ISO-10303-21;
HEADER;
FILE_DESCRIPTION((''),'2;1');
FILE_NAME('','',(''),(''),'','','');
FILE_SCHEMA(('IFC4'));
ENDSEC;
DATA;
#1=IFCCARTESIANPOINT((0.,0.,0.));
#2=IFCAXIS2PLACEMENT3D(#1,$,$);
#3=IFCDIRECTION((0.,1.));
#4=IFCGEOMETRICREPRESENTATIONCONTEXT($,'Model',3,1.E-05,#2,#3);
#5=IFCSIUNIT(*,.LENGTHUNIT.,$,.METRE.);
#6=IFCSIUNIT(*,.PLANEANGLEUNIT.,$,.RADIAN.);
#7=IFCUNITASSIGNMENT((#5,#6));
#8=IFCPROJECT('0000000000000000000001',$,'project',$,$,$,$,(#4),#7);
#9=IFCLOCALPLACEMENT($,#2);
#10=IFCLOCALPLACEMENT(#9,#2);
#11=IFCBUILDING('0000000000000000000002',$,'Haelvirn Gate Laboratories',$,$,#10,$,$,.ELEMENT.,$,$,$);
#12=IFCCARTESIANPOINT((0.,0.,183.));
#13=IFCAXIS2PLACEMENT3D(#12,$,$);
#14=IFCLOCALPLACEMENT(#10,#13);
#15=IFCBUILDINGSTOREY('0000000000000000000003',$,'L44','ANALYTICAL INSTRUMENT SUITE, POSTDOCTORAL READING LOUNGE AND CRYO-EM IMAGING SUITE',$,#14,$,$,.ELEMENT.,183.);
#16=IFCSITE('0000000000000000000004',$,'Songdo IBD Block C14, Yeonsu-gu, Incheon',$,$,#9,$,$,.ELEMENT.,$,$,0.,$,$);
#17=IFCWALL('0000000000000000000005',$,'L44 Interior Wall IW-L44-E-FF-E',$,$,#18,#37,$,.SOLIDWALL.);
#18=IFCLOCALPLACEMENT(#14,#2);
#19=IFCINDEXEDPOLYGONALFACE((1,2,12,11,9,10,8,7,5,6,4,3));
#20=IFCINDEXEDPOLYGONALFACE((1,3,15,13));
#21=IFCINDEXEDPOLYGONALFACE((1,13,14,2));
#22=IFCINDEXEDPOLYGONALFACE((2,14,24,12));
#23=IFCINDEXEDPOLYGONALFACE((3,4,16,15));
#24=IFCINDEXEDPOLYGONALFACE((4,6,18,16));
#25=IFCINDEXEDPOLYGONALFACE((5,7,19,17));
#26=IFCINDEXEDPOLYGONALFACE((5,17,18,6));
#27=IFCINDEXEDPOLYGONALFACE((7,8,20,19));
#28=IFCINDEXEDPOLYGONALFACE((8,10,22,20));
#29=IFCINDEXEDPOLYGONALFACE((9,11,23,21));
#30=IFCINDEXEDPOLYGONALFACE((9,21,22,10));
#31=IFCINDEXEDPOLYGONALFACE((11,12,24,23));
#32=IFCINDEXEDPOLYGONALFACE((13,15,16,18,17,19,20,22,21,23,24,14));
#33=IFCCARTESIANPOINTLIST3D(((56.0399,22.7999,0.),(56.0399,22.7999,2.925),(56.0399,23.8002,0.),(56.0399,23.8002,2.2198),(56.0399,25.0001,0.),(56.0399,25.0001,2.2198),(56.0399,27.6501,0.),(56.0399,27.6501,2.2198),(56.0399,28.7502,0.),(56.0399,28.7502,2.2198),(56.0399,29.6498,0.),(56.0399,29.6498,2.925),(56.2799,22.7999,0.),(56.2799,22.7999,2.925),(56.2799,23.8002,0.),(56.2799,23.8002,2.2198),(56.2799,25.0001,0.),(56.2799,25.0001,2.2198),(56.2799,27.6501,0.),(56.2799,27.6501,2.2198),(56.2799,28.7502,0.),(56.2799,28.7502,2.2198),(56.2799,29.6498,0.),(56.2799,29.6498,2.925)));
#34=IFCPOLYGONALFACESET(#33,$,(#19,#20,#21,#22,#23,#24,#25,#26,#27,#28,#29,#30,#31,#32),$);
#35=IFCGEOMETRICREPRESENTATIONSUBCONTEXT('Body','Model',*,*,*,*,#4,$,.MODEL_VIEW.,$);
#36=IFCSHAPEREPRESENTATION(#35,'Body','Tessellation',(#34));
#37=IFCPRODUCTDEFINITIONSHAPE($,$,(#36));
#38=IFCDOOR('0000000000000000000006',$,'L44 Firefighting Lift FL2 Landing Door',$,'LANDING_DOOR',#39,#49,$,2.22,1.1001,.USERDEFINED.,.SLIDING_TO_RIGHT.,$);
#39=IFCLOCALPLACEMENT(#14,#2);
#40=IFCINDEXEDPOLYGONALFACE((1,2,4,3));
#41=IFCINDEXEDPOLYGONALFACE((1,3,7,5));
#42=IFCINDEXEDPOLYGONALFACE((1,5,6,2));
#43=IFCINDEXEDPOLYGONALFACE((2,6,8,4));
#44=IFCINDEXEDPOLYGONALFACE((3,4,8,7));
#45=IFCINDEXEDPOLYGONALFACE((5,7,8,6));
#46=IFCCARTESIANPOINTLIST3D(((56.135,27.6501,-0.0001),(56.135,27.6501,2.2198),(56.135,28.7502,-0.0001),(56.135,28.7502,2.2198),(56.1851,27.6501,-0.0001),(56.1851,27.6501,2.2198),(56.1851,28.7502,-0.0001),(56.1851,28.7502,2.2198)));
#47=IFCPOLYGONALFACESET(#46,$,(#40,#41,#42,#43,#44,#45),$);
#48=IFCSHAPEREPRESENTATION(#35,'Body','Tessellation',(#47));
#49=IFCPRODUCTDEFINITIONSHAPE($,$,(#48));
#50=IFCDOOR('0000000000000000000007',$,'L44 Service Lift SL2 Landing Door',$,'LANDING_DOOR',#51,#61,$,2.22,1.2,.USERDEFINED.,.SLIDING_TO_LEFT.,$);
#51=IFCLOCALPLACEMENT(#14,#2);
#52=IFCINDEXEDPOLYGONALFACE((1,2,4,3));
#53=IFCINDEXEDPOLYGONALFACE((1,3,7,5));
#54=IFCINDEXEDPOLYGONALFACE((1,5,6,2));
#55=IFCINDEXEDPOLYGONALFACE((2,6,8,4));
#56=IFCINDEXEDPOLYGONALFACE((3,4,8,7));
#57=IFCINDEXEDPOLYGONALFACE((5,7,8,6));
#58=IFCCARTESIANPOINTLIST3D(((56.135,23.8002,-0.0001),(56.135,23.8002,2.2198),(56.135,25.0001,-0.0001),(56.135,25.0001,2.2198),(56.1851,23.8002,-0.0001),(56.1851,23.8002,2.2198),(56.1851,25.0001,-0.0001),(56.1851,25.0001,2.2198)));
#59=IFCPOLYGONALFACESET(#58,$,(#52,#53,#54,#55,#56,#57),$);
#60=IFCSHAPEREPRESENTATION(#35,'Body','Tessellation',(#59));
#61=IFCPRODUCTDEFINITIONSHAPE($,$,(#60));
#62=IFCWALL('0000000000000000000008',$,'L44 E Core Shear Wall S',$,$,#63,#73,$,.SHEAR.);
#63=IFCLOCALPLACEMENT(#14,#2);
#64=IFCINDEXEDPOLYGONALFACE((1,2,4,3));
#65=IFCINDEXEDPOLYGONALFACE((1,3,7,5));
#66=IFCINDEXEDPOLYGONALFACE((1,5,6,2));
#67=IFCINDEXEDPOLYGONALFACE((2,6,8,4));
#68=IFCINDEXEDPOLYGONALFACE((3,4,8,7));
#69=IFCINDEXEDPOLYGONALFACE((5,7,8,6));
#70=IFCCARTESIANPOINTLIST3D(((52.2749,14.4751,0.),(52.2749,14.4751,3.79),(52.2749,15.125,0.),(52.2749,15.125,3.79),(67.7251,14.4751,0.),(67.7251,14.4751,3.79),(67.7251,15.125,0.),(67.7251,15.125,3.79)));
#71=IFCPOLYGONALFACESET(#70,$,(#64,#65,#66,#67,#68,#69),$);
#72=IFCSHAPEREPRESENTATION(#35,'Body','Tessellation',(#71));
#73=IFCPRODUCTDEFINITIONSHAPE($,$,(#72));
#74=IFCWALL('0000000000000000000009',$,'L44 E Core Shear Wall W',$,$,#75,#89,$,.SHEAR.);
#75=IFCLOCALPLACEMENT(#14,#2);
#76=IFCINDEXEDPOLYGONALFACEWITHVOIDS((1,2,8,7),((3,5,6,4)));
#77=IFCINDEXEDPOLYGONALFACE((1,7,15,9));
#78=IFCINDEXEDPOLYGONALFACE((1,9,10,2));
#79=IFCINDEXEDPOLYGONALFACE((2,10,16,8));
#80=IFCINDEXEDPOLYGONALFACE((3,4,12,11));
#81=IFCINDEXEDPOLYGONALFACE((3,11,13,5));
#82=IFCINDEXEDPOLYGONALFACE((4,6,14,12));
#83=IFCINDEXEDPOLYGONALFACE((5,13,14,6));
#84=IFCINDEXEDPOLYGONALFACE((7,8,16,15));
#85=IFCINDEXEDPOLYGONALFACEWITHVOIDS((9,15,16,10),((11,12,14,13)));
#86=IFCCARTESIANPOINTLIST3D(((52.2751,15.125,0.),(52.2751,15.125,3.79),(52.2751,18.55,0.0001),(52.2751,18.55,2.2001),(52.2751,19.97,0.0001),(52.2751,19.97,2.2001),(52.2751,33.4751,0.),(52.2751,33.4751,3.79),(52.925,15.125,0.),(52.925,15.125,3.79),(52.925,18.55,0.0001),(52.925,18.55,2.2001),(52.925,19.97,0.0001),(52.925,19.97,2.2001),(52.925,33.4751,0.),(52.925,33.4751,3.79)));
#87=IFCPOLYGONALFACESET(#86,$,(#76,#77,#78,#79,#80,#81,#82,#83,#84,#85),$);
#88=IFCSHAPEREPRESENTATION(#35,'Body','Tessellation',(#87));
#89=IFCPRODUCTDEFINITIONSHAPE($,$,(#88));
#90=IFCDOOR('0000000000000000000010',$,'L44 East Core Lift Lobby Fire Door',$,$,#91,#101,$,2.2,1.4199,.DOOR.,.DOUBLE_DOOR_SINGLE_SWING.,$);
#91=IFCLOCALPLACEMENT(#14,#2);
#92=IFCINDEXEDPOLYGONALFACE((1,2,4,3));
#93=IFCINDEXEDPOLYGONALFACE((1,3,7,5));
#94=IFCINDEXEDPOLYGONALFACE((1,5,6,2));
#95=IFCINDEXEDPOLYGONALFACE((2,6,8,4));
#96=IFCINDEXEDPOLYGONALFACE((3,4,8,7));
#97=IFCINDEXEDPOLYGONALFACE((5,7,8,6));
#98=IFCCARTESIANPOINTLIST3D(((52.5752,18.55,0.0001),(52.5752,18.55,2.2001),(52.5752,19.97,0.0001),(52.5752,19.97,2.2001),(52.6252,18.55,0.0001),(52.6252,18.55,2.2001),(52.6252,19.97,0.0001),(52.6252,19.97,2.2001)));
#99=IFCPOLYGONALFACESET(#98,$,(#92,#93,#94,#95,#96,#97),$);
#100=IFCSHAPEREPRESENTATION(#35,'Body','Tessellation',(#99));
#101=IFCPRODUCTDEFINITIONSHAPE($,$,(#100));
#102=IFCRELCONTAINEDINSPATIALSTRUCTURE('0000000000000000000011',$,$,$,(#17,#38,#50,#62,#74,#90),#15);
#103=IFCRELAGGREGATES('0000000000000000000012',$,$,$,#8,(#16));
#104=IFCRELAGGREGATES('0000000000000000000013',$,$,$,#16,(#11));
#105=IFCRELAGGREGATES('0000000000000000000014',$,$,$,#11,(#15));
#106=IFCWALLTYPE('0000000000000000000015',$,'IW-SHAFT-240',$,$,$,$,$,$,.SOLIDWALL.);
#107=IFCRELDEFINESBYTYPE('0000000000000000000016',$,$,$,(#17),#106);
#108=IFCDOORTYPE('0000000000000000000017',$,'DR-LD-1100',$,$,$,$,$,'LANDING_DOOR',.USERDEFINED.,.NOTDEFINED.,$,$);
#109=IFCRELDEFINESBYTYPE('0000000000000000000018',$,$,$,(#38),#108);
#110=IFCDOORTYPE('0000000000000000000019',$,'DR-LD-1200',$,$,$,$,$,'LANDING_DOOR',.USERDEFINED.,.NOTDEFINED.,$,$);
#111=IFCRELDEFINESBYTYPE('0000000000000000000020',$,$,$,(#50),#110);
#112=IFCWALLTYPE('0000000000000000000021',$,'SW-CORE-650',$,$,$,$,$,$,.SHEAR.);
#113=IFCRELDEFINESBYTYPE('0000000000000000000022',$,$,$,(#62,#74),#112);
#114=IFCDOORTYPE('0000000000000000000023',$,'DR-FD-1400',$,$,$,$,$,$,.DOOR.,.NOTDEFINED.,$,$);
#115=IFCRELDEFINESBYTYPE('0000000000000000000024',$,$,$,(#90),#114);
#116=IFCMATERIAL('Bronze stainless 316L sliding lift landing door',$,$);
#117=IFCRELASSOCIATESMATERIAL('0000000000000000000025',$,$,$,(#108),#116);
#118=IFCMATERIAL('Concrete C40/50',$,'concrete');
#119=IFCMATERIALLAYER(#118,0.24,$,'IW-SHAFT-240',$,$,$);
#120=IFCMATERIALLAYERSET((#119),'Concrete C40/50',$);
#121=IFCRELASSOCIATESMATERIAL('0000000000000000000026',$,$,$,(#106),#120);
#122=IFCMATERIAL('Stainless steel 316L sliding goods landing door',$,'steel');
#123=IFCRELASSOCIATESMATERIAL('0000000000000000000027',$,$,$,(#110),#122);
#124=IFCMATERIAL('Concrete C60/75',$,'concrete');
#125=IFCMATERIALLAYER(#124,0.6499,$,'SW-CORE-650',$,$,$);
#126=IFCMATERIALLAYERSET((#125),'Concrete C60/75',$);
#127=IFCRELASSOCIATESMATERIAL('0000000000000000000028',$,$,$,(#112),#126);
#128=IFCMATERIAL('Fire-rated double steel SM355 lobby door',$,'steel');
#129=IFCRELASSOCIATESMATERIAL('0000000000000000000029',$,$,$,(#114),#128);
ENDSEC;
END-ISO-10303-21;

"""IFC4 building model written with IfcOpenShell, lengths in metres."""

from ifc_helpers import new_model, si_unit, direction, frame, frame_2d, origin, place, context, subcontext, project, spatial, rectangle, extrude, source, transform, mapped, material, layer, layer_set, type_object, type_shapes, element, fill, save


model = new_model("IFC4")

# Units and contexts
model_context = context("Model", 3, precision=1e-05, world=origin(), true_north=direction((0.0, 1.0)))
body_context = subcontext(model_context, "Body", "Model", "MODEL_VIEW")
ifc_project = project(units=[si_unit("LENGTHUNIT", "METRE"), si_unit("PLANEANGLEUNIT", "RADIAN")], contexts=[model_context])

# Site, building, storey
site_placement = place(None, origin())
site = spatial("IfcSite", under=ifc_project, at=site_placement, Name="Songdo IBD Block C14, Yeonsu-gu, Incheon", CompositionType="ELEMENT", RefElevation=0.0)
building_placement = place(site_placement, origin())
building = spatial("IfcBuilding", under=site, at=building_placement, Name="Haelvirn Gate Laboratories", CompositionType="ELEMENT")
storey_placement = place(building_placement, frame((0.0, 0.0, 183.0)))
storey = spatial("IfcBuildingStorey", under=building, at=storey_placement, Name="L44", Description="ANALYTICAL INSTRUMENT SUITE, POSTDOCTORAL READING LOUNGE AND CRYO-EM IMAGING SUITE", CompositionType="ELEMENT", Elevation=183.0)

# Shared definitions
ifc_material_1 = material(Name="Concrete C60/75", Category="concrete")

# Shared definitions
ifc_material_2 = material(Name="Concrete C40/50", Category="concrete")

# Shared definitions
ifc_material_3 = material(Name="Bronze stainless 316L sliding lift landing door")
door_type_1 = type_object("IfcDoorType", Name="DR-LD-1100", ElementType="LANDING_DOOR", OperationType="NOTDEFINED", PredefinedType="USERDEFINED", material=ifc_material_3)
shared_shape_1 = source(origin(), body_context, "Body", "SweptSolid", [
    extrude(rectangle(XDim=1.1001, YDim=2.22, at=frame_2d((0.55, 1.1099))), frame((0.0, 0.0249, 0.0), z_axis=(0.0, -1.0, 0.0), x_axis=(1.0, 0.0, 0.0)), (0.0, 0.0, 1.0), 0.05),
])
type_shapes(door_type_1, [shared_shape_1])

# Wall, openings, doors
ifc_layer_1 = layer(ifc_material_2, 0.24, Name="IW-SHAFT-240")
ifc_layer_set_1 = layer_set([ifc_layer_1], Name="Concrete C40/50")
wall_type_1 = type_object("IfcWallType", Name="IW-SHAFT-240", PredefinedType="SOLIDWALL", material=ifc_layer_set_1)
wall_1_placement = place(storey_placement, frame((56.1599, 22.8, 0.0), z_axis=(0.0, 0.0, 1.0), x_axis=(0.0, 1.0, 0.0)))
wall_1 = element("IfcWall", 1, at=wall_1_placement, inside=storey, type_object=wall_type_1, Name="L44 Interior Wall IW-L44-E-FF-E", PredefinedType="SOLIDWALL", context=body_context, shape_type="SweptSolid", body=[
    extrude(rectangle(XDim=6.8499, YDim=0.24, at=frame_2d((3.4248, 0.0))), origin(), (0.0, 0.0, 1.0), 2.925),
])
opening_1_placement = place(wall_1_placement, frame((4.8501, 0.0, 0.0)))
opening_1 = element("IfcOpeningElement", 2, at=opening_1_placement, cuts=wall_1, PredefinedType="OPENING", context=body_context, shape_type="SweptSolid", body=[
    extrude(rectangle(XDim=1.1001, YDim=2.22, at=frame_2d((0.55, 1.1099))), frame((0.0, 0.1299, 0.0), z_axis=(0.0, -1.0, 0.0), x_axis=(1.0, 0.0, 0.0)), (0.0, 0.0, 1.0), 0.26),
])
opening_2_placement = place(wall_1_placement, frame((1.0, 0.0, 0.0)))
opening_2 = element("IfcOpeningElement", 3, at=opening_2_placement, cuts=wall_1, PredefinedType="OPENING", context=body_context, shape_type="SweptSolid", body=[
    extrude(rectangle(XDim=1.2, YDim=2.22, at=frame_2d((0.6001, 1.1099))), frame((0.0, 0.1299, 0.0), z_axis=(0.0, -1.0, 0.0), x_axis=(1.0, 0.0, 0.0)), (0.0, 0.0, 1.0), 0.26),
])
door_1_placement = place(opening_1_placement, origin())
door_1 = element("IfcDoor", 4, at=door_1_placement, inside=storey, type_object=door_type_1, Name="L44 Firefighting Lift FL2 Landing Door", ObjectType="LANDING_DOOR", OperationType="SLIDING_TO_RIGHT", OverallHeight=2.22, OverallWidth=1.1001, PredefinedType="USERDEFINED", context=body_context, shape_type="MappedRepresentation", body=[
    mapped(shared_shape_1, transform((0.0, 0.0, 0.0), scale=1.0)),
])
fill(opening_1, door_1)
ifc_material_4 = material(Name="Stainless steel 316L sliding goods landing door", Category="steel")
door_type_2 = type_object("IfcDoorType", Name="DR-LD-1200", ElementType="LANDING_DOOR", OperationType="NOTDEFINED", PredefinedType="USERDEFINED", material=ifc_material_4)
shared_shape_2 = source(origin(), body_context, "Body", "SweptSolid", [
    extrude(rectangle(XDim=1.2, YDim=2.22, at=frame_2d((0.6001, 1.1099))), frame((0.0, 0.0249, 0.0), z_axis=(0.0, -1.0, 0.0), x_axis=(1.0, 0.0, 0.0)), (0.0, 0.0, 1.0), 0.05),
])
type_shapes(door_type_2, [shared_shape_2])
door_2_placement = place(opening_2_placement, origin())
door_2 = element("IfcDoor", 5, at=door_2_placement, inside=storey, type_object=door_type_2, Name="L44 Service Lift SL2 Landing Door", ObjectType="LANDING_DOOR", OperationType="SLIDING_TO_LEFT", OverallHeight=2.22, OverallWidth=1.2, PredefinedType="USERDEFINED", context=body_context, shape_type="MappedRepresentation", body=[
    mapped(shared_shape_2, transform((0.0, 0.0, 0.0), scale=1.0)),
])
fill(opening_2, door_2)

# Wall
ifc_layer_2 = layer(ifc_material_1, 0.6499, Name="SW-CORE-650")
ifc_layer_set_2 = layer_set([ifc_layer_2], Name="Concrete C60/75")
wall_type_2 = type_object("IfcWallType", Name="SW-CORE-650", PredefinedType="SHEAR", material=ifc_layer_set_2)
wall_2_placement = place(storey_placement, frame((52.2749, 14.8, 0.0), z_axis=(0.0, 0.0, 1.0), x_axis=(1.0, 0.0, 0.0)))
element("IfcWall", 6, at=wall_2_placement, inside=storey, type_object=wall_type_2, Name="L44 E Core Shear Wall S", PredefinedType="SHEAR", context=body_context, shape_type="SweptSolid", body=[
    extrude(rectangle(XDim=15.4502, YDim=0.6499, at=frame_2d((7.7251, 0.0))), origin(), (0.0, 0.0, 1.0), 3.79),
])

# Wall, opening, door
wall_3_placement = place(storey_placement, frame((52.6001, 15.125, 0.0), z_axis=(0.0, 0.0, 1.0), x_axis=(0.0, 1.0, 0.0)))
wall_3 = element("IfcWall", 7, at=wall_3_placement, inside=storey, type_object=wall_type_2, Name="L44 E Core Shear Wall W", PredefinedType="SHEAR", context=body_context, shape_type="SweptSolid", body=[
    extrude(rectangle(XDim=18.3501, YDim=0.6499, at=frame_2d((9.175, 0.0))), origin(), (0.0, 0.0, 1.0), 3.79),
])
opening_3_placement = place(wall_3_placement, frame((3.425, 0.0, 0.0)))
opening_3 = element("IfcOpeningElement", 8, at=opening_3_placement, cuts=wall_3, PredefinedType="OPENING", context=body_context, shape_type="SweptSolid", body=[
    extrude(rectangle(XDim=1.4199, YDim=2.2, at=frame_2d((0.71, 1.1001))), frame((0.0, 0.335, 0.0), z_axis=(0.0, -1.0, 0.0), x_axis=(1.0, 0.0, 0.0)), (0.0, 0.0, 1.0), 0.6699),
])
ifc_material_5 = material(Name="Fire-rated double steel SM355 lobby door", Category="steel")
door_type_3 = type_object("IfcDoorType", Name="DR-FD-1400", OperationType="NOTDEFINED", PredefinedType="DOOR", material=ifc_material_5)
shared_shape_3 = source(origin(), body_context, "Body", "SweptSolid", [
    extrude(rectangle(XDim=1.4199, YDim=2.2, at=frame_2d((0.71, 1.1001))), frame((0.0, 0.0249, 0.0), z_axis=(0.0, -1.0, 0.0), x_axis=(1.0, 0.0, 0.0)), (0.0, 0.0, 1.0), 0.05),
])
type_shapes(door_type_3, [shared_shape_3])
door_3_placement = place(opening_3_placement, origin())
door_3 = element("IfcDoor", 9, at=door_3_placement, inside=storey, type_object=door_type_3, Name="L44 East Core Lift Lobby Fire Door", OperationType="DOUBLE_DOOR_SINGLE_SWING", OverallHeight=2.2, OverallWidth=1.4199, PredefinedType="DOOR", context=body_context, shape_type="MappedRepresentation", body=[
    mapped(shared_shape_3, transform((0.0, 0.0, 0.0), scale=1.0)),
])
fill(opening_3, door_3)

save(model, "model.ifc")
